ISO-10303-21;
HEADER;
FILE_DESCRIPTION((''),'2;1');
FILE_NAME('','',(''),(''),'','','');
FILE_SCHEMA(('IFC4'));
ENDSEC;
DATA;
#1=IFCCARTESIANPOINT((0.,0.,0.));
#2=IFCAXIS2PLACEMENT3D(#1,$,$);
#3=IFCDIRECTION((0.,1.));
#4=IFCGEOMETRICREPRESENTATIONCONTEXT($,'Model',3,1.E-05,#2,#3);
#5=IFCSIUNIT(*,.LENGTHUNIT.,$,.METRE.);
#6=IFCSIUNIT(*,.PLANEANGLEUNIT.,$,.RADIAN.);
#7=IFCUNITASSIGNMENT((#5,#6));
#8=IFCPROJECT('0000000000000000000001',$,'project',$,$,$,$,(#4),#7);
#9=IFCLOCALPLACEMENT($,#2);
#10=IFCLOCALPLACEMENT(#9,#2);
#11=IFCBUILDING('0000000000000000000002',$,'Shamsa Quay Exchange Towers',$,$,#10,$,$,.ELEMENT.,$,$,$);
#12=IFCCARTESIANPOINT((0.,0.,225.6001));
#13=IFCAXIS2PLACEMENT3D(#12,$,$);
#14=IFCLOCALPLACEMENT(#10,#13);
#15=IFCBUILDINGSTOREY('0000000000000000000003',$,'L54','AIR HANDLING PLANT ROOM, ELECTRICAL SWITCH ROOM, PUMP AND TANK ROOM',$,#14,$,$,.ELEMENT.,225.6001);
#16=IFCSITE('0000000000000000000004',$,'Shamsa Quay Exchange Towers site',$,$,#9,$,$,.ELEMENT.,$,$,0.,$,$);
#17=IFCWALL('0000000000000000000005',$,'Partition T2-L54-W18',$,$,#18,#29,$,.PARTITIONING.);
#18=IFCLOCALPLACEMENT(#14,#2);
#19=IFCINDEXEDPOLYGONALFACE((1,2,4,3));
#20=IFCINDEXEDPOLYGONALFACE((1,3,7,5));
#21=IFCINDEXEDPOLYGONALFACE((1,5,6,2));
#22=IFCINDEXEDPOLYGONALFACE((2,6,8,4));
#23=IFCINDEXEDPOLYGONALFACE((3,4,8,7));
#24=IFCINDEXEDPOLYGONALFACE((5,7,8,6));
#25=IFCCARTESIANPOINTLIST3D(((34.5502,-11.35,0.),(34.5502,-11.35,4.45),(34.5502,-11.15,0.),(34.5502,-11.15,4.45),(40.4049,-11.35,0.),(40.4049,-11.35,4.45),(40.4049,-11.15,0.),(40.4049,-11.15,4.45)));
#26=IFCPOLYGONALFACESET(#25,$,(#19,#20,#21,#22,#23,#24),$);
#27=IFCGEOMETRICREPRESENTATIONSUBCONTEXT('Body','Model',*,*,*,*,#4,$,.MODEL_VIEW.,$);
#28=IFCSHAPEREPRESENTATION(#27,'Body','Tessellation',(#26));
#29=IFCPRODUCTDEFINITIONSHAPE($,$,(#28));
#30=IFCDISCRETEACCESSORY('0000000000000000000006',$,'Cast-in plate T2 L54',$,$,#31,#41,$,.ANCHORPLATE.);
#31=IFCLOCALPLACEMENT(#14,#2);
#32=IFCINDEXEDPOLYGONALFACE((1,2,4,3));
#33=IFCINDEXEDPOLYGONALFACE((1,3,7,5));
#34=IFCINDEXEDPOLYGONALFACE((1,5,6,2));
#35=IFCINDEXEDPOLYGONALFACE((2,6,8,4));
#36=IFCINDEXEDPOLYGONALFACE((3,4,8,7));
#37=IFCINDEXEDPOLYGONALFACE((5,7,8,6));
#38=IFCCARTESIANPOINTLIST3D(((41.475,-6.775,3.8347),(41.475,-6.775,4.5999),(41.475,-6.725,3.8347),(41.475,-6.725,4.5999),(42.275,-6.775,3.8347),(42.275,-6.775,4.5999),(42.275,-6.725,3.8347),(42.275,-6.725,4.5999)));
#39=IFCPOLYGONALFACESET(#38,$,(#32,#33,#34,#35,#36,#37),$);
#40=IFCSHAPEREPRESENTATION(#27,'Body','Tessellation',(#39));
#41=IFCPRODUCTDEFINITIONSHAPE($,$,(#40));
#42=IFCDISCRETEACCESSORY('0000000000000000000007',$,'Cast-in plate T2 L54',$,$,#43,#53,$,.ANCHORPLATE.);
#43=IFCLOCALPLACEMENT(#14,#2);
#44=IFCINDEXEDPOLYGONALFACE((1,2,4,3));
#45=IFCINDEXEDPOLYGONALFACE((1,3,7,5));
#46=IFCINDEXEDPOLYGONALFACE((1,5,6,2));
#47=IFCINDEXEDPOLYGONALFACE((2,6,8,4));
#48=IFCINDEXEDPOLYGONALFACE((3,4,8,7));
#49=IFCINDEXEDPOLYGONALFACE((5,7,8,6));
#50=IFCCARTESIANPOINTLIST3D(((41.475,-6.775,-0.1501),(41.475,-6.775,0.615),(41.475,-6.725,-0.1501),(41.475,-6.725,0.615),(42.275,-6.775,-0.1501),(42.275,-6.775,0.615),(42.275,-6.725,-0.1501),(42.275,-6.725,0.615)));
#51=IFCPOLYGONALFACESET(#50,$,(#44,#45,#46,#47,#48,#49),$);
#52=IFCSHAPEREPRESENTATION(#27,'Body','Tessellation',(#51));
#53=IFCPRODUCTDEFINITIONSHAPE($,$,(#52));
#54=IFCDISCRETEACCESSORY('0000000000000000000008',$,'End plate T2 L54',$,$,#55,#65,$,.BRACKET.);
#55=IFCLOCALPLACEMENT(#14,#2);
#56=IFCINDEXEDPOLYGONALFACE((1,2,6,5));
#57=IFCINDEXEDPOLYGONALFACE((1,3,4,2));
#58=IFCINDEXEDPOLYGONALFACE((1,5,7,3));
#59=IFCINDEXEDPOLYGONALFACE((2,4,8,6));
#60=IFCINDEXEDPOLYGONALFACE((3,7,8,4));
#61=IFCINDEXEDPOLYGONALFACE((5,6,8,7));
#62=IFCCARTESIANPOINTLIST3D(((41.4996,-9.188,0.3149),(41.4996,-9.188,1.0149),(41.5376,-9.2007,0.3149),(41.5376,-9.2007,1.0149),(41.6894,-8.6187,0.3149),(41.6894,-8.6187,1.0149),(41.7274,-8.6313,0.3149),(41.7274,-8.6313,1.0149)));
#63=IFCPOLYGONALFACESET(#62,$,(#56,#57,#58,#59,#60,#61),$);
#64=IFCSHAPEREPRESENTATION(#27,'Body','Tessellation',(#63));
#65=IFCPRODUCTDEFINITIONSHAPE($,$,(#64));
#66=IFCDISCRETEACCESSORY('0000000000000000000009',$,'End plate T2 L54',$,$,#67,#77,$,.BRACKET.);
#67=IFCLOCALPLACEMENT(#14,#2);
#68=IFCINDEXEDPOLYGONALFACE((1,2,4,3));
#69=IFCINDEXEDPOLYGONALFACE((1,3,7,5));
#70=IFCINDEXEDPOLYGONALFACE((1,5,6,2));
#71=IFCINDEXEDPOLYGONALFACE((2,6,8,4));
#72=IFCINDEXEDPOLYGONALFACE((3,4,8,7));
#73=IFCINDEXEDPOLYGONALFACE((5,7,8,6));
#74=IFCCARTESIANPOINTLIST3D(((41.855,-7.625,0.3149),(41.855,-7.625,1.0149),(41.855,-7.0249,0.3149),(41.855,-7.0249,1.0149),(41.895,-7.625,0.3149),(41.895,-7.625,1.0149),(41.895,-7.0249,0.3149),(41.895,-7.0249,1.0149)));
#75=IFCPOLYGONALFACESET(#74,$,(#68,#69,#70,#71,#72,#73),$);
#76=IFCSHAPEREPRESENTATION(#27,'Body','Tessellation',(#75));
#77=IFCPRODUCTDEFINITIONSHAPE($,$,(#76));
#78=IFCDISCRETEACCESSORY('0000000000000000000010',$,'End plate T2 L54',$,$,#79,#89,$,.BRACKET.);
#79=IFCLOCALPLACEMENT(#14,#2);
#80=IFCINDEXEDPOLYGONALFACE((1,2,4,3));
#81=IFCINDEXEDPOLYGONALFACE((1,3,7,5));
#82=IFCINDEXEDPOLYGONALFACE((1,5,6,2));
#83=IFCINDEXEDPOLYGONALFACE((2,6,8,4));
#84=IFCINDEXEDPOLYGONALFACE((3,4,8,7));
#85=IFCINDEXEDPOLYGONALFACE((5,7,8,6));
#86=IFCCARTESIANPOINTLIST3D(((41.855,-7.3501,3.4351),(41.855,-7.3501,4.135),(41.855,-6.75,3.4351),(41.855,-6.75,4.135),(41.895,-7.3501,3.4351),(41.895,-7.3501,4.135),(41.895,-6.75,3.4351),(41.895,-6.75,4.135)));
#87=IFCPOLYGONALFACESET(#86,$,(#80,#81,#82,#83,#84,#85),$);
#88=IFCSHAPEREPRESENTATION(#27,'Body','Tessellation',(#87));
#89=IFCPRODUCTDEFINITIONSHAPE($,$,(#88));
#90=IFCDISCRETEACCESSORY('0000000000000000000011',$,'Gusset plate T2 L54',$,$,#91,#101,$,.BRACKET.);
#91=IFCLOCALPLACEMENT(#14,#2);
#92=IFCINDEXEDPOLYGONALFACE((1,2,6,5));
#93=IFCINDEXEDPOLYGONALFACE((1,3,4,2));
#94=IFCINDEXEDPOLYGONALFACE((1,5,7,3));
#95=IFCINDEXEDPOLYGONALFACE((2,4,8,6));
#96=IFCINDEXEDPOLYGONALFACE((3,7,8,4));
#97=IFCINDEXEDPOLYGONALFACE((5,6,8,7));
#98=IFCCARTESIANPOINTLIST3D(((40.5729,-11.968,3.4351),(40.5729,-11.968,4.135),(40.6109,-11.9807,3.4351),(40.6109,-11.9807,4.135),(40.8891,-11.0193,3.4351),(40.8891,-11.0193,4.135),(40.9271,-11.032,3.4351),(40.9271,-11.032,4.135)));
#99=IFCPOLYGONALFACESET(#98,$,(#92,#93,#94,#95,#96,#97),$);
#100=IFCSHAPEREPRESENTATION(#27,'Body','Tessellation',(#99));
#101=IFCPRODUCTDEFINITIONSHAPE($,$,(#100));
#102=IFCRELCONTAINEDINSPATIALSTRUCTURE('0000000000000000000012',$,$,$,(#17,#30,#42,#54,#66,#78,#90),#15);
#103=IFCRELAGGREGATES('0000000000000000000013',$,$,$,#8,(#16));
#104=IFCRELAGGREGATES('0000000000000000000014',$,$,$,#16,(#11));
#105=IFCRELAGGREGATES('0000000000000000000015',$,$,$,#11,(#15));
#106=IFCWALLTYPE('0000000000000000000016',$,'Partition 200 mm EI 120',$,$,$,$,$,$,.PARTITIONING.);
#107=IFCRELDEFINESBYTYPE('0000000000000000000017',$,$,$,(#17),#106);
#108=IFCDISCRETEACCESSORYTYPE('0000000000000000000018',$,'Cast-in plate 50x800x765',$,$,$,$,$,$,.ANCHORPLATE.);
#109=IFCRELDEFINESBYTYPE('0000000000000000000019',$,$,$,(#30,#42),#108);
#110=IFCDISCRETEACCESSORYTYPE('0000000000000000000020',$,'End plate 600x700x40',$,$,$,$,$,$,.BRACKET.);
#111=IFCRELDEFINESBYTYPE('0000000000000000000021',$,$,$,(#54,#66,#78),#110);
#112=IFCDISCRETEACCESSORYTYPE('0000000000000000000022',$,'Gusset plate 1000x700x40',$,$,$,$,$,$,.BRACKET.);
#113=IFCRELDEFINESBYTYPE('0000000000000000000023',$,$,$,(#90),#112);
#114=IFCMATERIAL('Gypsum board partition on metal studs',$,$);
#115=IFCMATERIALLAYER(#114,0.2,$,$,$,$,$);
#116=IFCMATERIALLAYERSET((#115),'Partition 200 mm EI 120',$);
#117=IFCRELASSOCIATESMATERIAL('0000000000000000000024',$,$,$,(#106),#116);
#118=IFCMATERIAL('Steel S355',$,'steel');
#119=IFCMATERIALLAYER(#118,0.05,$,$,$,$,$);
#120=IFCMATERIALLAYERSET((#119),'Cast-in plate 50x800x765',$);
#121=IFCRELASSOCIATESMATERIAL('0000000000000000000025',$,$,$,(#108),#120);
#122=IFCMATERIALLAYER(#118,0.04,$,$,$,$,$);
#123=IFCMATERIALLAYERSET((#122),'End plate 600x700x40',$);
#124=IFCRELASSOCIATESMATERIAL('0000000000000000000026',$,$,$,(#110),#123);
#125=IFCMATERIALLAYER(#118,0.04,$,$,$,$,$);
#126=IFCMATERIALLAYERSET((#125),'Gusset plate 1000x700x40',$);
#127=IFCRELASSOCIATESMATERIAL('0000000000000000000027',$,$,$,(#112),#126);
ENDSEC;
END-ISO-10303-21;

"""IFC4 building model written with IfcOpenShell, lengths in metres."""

from ifc_helpers import new_model, si_unit, direction, frame, frame_2d, origin, origin_2d, place, context, subcontext, project, spatial, rectangle, extrude, material, layer, layer_set, type_object, element, save


model = new_model("IFC4")

# Units and contexts
model_context = context("Model", 3, precision=1e-05, world=origin(), true_north=direction((0.0, 1.0)))
body_context = subcontext(model_context, "Body", "Model", "MODEL_VIEW")
ifc_project = project(units=[si_unit("LENGTHUNIT", "METRE"), si_unit("PLANEANGLEUNIT", "RADIAN")], contexts=[model_context])

# Site, building, storey
site_placement = place(None, origin())
site = spatial("IfcSite", under=ifc_project, at=site_placement, Name="Shamsa Quay Exchange Towers site", CompositionType="ELEMENT", RefElevation=0.0)
building_placement = place(site_placement, origin())
building = spatial("IfcBuilding", under=site, at=building_placement, Name="Shamsa Quay Exchange Towers", CompositionType="ELEMENT")
storey_placement = place(building_placement, frame((0.0, 0.0, 225.6001)))
storey = spatial("IfcBuildingStorey", under=building, at=storey_placement, Name="L54", Description="AIR HANDLING PLANT ROOM, ELECTRICAL SWITCH ROOM, PUMP AND TANK ROOM", CompositionType="ELEMENT", Elevation=225.6001)

# Shared definitions
ifc_material_1 = material(Name="Steel S355", Category="steel")

# Shared definitions
ifc_material_2 = material(Name="Gypsum board partition on metal studs")
ifc_layer_1 = layer(ifc_material_2, 0.2)
ifc_layer_set_1 = layer_set([ifc_layer_1], Name="Partition 200 mm EI 120")
wall_type_1 = type_object("IfcWallType", Name="Partition 200 mm EI 120", PredefinedType="PARTITIONING", material=ifc_layer_set_1)

# Wall
wall_1_placement = place(storey_placement, frame((34.5503, -11.25, 0.0)))
element("IfcWall", 1, at=wall_1_placement, inside=storey, type_object=wall_type_1, Name="Partition T2-L54-W18", PredefinedType="PARTITIONING", context=body_context, shape_type="SweptSolid", body=[
    extrude(rectangle(XDim=5.8547, YDim=0.2, at=frame_2d((2.9272, 0.0))), origin(), (0.0, 0.0, 1.0), 4.45),
])

# Discrete accessories
ifc_layer_2 = layer(ifc_material_1, 0.05)
ifc_layer_set_2 = layer_set([ifc_layer_2], Name="Cast-in plate 50x800x765")
discrete_accessory_type_1 = type_object("IfcDiscreteAccessoryType", Name="Cast-in plate 50x800x765", PredefinedType="ANCHORPLATE", material=ifc_layer_set_2)
for number, where, z_axis, x_axis, name in (
    (2, (41.875, -6.75, 3.8347), (0.0, 0.0, 1.0), (0.0, 1.0, 0.0), "Cast-in plate T2 L54"),
    (3, (41.875, -6.75, -0.1501), (0.0, 0.0, 1.0), (0.0, 1.0, 0.0), "Cast-in plate T2 L54"),
):
    element("IfcDiscreteAccessory", number, at=place(storey_placement, frame(where, z_axis=z_axis, x_axis=x_axis)), inside=storey, type_object=discrete_accessory_type_1, Name=name, PredefinedType="ANCHORPLATE", context=body_context, shape_type="SweptSolid", body=[
        extrude(rectangle(XDim=0.05, YDim=0.8, at=origin_2d()), origin(), (0.0, 0.0, 1.0), 0.7651),
    ])
ifc_layer_3 = layer(ifc_material_1, 0.04)
ifc_layer_set_3 = layer_set([ifc_layer_3], Name="End plate 600x700x40")
discrete_accessory_type_2 = type_object("IfcDiscreteAccessoryType", Name="End plate 600x700x40", PredefinedType="BRACKET", material=ifc_layer_set_3)
for number, where, z_axis, x_axis, name in (
    (4, (41.6135, -8.9097, 0.3149), (0.0, 0.0, 1.0), (0.316228, 0.948683, 0.0), "End plate T2 L54"),
    (5, (41.875, -7.325, 0.3149), (0.0, 0.0, 1.0), (0.0, 1.0, 0.0), "End plate T2 L54"),
    (6, (41.875, -7.05, 3.4351), (0.0, 0.0, 1.0), (0.0, 1.0, 0.0), "End plate T2 L54"),
):
    element("IfcDiscreteAccessory", number, at=place(storey_placement, frame(where, z_axis=z_axis, x_axis=x_axis)), inside=storey, type_object=discrete_accessory_type_2, Name=name, PredefinedType="BRACKET", context=body_context, shape_type="SweptSolid", body=[
        extrude(rectangle(XDim=0.6001, YDim=0.04, at=origin_2d()), origin(), (0.0, 0.0, 1.0), 0.7),
    ])
ifc_layer_4 = layer(ifc_material_1, 0.04)
ifc_layer_set_4 = layer_set([ifc_layer_4], Name="Gusset plate 1000x700x40")
discrete_accessory_type_3 = type_object("IfcDiscreteAccessoryType", Name="Gusset plate 1000x700x40", PredefinedType="BRACKET", material=ifc_layer_set_4)
discrete_accessory_placement = place(storey_placement, frame((40.75, -11.5, 3.4351), z_axis=(0.0, 0.0, 1.0), x_axis=(0.316228, 0.948683, 0.0)))
element("IfcDiscreteAccessory", 7, at=discrete_accessory_placement, inside=storey, type_object=discrete_accessory_type_3, Name="Gusset plate T2 L54", PredefinedType="BRACKET", context=body_context, shape_type="SweptSolid", body=[
    extrude(rectangle(XDim=1.0, YDim=0.04, at=origin_2d()), origin(), (0.0, 0.0, 1.0), 0.7),
])

save(model, "model.ifc")
